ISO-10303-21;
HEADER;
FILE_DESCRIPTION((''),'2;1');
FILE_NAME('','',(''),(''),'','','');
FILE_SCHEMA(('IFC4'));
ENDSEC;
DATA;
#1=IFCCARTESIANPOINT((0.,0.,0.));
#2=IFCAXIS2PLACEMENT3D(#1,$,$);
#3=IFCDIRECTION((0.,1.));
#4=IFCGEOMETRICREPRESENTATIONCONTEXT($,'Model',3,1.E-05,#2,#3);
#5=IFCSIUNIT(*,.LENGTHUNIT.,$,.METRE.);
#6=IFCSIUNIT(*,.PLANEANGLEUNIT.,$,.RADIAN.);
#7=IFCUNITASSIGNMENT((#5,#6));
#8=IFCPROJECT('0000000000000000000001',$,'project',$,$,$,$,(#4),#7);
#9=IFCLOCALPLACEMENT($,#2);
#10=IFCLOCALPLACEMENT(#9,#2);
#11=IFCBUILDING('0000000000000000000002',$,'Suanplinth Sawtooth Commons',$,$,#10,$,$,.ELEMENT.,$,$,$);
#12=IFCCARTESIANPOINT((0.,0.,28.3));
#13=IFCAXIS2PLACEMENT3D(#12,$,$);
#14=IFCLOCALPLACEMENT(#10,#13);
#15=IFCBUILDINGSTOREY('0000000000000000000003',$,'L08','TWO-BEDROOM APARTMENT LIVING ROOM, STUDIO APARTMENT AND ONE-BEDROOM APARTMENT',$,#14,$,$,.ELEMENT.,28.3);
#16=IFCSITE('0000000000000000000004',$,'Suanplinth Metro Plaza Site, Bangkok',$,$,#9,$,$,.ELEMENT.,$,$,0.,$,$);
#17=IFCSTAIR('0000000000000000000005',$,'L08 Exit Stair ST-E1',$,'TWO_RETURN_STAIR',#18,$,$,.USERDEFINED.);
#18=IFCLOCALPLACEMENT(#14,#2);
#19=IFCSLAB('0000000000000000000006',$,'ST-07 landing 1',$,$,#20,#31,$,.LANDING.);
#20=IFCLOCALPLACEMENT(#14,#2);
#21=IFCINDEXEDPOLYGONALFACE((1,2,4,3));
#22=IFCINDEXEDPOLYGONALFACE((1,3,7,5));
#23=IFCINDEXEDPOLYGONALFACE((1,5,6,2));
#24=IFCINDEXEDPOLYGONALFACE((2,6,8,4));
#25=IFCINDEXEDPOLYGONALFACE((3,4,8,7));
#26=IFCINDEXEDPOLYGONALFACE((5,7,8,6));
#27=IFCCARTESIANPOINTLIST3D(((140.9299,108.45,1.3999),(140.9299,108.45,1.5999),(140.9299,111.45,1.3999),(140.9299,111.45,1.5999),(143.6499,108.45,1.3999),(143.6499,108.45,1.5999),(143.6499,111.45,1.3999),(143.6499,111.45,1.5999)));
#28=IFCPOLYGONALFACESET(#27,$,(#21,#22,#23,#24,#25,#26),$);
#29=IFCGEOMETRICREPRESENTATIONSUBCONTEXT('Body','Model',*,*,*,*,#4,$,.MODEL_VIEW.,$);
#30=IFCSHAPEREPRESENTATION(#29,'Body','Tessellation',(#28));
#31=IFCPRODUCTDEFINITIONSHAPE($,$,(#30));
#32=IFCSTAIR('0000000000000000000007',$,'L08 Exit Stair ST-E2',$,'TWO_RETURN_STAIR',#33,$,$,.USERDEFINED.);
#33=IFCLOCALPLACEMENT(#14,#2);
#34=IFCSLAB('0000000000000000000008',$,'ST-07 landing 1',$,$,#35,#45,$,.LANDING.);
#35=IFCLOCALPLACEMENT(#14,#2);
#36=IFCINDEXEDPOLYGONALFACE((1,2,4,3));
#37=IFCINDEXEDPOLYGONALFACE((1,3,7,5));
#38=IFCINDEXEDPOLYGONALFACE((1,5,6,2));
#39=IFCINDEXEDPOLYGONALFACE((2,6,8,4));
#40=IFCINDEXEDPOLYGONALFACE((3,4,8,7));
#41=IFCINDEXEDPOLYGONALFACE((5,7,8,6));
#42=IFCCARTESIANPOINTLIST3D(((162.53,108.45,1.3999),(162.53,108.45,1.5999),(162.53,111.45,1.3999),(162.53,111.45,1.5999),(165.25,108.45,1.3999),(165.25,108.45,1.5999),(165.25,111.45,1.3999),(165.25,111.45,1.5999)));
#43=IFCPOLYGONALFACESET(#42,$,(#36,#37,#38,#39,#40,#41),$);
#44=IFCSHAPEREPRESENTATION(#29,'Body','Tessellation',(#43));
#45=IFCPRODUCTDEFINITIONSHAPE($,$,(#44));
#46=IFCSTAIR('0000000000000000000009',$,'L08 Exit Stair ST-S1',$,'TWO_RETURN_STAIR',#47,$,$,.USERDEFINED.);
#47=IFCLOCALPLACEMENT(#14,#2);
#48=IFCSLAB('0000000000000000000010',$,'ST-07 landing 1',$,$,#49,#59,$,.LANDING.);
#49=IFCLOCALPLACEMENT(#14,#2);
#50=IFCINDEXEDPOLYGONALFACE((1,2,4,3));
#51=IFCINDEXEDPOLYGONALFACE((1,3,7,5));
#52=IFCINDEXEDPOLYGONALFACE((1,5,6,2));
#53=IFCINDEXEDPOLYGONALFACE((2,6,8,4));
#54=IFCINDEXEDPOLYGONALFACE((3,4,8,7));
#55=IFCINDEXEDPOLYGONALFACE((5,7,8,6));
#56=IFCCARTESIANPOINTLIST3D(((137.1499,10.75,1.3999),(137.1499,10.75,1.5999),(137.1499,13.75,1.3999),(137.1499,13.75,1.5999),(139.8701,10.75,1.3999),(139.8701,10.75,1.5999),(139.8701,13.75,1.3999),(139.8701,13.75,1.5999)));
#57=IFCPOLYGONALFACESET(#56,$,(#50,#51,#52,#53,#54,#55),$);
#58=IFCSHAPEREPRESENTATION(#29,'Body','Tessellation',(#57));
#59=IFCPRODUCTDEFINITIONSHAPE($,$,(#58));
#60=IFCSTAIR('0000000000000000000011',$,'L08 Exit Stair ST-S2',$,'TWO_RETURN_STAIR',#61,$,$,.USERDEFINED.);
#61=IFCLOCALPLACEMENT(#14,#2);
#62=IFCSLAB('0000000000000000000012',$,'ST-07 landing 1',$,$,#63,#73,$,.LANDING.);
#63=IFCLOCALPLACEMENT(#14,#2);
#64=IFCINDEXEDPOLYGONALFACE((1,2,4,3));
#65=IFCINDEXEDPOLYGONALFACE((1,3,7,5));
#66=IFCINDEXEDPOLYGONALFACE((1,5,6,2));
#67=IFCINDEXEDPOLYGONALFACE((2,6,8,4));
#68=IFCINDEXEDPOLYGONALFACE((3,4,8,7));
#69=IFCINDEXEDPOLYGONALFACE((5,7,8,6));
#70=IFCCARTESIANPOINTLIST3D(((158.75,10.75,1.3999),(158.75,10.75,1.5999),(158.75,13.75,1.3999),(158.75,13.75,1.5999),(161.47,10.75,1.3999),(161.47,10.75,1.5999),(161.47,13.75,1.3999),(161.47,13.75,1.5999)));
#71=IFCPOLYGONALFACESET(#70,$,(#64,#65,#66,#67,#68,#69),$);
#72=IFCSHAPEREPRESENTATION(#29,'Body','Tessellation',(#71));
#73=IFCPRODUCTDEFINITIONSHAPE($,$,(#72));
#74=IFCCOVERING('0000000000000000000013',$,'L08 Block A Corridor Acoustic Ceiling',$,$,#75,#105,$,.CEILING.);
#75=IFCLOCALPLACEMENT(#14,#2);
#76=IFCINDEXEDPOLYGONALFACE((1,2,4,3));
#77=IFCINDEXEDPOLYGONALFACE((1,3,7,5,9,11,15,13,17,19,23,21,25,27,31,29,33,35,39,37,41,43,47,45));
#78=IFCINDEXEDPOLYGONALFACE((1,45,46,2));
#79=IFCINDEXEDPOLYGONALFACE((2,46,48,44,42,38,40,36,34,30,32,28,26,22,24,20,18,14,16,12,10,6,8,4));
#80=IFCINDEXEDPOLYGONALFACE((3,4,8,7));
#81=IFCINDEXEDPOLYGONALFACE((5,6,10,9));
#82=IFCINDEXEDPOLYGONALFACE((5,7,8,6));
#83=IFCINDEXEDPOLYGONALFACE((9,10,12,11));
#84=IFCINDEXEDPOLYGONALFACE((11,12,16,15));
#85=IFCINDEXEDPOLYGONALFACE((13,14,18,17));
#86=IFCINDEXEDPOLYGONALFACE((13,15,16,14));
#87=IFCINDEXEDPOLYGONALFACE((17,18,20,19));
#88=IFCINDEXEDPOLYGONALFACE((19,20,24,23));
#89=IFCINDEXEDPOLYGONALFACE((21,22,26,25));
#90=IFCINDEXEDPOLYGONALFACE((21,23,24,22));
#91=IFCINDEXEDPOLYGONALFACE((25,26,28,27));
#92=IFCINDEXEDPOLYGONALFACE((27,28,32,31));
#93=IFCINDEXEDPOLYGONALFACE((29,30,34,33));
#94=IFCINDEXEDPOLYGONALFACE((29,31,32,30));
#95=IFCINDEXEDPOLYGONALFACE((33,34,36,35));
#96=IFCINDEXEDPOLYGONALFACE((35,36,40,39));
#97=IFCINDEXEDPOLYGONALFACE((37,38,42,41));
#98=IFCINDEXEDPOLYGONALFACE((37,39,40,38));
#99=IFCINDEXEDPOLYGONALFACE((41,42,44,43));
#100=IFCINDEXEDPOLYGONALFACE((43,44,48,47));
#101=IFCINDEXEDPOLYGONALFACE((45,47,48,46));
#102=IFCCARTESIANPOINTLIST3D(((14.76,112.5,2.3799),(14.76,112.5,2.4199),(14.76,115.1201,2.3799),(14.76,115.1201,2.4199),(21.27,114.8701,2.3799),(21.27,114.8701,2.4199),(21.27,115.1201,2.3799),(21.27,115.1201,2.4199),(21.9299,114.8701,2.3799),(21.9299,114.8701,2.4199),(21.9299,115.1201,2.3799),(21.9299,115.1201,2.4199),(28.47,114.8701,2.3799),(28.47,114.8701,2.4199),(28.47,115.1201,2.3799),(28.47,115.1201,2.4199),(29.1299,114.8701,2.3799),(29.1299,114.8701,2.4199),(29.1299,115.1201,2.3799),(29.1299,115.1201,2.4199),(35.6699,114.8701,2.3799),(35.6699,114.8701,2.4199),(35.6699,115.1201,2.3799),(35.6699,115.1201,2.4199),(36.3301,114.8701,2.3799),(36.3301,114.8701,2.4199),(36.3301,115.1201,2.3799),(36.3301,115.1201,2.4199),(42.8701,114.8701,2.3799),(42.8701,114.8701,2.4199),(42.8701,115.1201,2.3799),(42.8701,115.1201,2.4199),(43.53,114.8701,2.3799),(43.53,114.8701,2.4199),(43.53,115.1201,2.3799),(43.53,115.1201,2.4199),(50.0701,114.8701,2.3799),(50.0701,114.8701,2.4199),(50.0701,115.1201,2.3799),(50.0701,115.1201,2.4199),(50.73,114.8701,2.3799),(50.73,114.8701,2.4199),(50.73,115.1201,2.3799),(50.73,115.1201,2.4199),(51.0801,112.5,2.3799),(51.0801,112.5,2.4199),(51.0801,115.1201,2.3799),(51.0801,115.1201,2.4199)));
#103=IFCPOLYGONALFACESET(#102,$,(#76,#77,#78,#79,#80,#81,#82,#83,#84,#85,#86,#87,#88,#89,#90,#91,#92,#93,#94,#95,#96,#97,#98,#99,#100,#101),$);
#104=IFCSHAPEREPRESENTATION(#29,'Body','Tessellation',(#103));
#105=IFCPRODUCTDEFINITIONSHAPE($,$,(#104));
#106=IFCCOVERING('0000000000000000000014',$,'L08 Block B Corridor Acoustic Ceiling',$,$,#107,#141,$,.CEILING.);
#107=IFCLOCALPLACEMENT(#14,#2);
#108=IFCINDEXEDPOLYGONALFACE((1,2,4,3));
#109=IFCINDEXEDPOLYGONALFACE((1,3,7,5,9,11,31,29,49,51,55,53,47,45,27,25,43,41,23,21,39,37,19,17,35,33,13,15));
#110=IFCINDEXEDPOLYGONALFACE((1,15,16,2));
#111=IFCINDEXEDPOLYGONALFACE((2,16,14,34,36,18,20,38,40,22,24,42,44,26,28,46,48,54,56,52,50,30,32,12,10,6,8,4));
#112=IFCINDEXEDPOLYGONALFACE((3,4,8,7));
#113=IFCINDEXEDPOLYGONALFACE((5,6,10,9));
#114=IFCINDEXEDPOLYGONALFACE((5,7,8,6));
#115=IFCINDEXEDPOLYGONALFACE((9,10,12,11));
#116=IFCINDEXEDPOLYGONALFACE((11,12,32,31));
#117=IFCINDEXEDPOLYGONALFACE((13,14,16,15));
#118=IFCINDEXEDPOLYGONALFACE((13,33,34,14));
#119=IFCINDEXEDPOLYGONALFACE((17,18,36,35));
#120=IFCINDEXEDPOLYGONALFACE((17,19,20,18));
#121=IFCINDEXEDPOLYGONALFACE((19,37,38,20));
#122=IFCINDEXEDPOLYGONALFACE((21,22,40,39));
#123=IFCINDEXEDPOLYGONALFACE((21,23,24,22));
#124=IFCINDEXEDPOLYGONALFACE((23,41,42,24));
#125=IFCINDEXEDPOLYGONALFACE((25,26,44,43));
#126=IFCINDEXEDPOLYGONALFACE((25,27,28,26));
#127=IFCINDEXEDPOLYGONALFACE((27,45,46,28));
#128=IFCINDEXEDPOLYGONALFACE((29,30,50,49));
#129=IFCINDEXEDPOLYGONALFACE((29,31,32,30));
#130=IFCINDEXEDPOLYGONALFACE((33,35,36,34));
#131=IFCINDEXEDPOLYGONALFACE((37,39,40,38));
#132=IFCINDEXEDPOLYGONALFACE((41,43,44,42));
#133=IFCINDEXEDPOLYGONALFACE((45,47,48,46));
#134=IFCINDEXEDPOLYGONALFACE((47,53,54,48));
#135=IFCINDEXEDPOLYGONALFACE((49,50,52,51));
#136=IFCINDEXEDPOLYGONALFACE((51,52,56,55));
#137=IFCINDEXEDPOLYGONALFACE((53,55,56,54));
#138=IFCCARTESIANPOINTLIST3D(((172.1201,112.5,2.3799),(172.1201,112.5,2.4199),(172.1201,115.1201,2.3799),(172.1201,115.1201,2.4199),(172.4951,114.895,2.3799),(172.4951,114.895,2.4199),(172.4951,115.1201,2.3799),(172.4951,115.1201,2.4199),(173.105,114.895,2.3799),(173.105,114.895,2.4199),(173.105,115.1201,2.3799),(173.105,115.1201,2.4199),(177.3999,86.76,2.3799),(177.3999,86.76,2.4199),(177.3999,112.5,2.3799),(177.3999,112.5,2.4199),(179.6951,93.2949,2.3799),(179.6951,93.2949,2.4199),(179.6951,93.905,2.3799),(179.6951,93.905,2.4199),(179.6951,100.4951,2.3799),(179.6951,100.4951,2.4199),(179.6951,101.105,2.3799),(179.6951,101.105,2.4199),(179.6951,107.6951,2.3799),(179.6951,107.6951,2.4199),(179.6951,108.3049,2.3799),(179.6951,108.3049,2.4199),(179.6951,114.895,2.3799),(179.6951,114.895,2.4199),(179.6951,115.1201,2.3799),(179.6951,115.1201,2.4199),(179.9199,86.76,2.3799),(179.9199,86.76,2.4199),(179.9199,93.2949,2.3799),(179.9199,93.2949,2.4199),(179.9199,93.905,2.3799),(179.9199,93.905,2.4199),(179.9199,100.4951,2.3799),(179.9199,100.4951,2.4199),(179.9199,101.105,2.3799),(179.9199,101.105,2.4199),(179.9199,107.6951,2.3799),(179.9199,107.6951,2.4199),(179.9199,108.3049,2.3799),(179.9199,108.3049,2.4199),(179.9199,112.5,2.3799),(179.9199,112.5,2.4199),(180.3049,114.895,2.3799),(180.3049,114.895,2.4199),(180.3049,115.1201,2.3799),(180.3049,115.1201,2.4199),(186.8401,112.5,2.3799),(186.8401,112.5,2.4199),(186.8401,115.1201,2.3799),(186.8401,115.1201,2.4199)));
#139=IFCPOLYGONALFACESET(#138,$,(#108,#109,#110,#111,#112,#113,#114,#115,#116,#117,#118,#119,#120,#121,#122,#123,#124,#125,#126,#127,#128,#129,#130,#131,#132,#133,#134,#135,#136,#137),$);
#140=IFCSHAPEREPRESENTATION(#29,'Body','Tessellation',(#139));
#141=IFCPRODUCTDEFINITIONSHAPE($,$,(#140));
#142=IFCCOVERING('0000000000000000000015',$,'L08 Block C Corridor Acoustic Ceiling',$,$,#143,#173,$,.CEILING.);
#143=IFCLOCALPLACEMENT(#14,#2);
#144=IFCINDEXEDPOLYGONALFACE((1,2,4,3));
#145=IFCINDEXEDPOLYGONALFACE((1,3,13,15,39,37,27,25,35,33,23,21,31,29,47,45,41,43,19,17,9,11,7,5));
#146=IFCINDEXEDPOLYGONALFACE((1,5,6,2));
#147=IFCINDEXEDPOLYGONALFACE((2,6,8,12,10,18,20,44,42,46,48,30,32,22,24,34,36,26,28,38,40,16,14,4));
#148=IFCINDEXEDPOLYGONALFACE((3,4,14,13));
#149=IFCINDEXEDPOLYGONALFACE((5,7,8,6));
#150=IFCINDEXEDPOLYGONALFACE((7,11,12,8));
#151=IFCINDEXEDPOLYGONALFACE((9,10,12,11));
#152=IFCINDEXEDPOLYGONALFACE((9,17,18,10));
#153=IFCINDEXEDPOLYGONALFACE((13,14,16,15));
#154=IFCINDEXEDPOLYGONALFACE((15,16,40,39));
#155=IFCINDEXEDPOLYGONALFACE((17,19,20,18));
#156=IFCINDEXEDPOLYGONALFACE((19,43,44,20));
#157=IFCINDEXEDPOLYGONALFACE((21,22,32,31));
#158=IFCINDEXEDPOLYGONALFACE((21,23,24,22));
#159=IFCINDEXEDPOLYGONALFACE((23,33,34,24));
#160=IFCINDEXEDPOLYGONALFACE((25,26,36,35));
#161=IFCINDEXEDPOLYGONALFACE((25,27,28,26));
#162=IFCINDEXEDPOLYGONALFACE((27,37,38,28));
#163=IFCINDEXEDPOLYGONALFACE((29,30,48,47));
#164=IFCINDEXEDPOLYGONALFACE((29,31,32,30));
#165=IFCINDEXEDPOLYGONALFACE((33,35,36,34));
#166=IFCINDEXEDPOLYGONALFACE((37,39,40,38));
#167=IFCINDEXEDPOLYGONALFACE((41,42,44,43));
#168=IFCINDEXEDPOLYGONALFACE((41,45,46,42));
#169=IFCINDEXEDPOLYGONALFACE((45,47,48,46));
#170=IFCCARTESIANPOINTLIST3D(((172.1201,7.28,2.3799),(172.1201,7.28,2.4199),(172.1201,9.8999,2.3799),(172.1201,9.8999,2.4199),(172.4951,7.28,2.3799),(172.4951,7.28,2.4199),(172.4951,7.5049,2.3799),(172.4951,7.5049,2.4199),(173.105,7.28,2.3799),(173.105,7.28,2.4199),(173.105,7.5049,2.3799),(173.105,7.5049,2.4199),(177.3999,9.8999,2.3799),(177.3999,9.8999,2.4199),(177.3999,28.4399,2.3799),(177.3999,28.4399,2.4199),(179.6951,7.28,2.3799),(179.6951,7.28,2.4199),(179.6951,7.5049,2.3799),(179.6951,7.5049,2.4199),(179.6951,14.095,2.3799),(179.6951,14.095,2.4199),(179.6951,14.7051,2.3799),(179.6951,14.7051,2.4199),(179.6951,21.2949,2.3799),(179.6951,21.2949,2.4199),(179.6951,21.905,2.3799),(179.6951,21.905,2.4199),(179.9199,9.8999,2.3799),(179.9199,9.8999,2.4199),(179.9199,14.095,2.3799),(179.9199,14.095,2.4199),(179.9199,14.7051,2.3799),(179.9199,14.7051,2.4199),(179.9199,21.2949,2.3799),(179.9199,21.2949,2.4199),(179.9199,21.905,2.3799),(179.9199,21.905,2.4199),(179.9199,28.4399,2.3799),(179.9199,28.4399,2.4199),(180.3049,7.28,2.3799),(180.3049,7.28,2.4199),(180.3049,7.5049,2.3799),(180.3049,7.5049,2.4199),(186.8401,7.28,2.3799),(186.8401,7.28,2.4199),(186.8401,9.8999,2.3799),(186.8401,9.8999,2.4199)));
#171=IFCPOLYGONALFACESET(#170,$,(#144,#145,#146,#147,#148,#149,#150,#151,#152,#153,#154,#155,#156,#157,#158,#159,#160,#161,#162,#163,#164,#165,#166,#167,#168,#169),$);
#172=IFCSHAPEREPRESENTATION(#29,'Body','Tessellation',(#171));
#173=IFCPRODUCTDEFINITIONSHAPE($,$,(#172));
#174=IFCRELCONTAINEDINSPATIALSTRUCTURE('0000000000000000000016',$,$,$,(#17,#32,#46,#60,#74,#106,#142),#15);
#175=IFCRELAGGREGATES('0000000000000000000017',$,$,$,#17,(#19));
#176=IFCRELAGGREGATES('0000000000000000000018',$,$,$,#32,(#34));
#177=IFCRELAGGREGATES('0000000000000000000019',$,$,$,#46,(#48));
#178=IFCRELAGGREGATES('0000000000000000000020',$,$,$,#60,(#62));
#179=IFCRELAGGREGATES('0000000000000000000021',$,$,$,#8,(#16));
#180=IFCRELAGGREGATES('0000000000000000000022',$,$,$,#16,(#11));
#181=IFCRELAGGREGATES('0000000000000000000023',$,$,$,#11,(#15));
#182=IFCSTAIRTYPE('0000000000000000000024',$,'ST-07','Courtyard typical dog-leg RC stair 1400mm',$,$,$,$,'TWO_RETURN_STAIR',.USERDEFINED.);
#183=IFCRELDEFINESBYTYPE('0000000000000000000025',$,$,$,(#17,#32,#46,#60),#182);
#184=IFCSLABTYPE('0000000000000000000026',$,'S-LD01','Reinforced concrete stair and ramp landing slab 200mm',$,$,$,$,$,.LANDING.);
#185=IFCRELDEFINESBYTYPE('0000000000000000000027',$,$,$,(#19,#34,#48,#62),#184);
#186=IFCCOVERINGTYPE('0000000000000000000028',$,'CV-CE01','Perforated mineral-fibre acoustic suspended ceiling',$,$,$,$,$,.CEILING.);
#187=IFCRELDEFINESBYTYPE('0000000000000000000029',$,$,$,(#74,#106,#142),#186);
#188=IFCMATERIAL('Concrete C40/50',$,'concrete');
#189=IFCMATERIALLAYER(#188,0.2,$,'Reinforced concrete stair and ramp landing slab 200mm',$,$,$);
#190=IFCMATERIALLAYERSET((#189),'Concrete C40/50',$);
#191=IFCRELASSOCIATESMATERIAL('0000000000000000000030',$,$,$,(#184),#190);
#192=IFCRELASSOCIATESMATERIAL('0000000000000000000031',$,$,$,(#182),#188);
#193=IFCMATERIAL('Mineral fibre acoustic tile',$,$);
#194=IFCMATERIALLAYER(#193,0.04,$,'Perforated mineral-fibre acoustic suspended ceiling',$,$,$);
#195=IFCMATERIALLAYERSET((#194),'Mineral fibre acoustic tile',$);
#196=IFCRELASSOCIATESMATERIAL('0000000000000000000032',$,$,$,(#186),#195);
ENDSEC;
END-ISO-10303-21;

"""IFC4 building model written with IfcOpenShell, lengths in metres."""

from ifc_helpers import new_model, si_unit, direction, frame, origin, place, context, subcontext, project, spatial, polyline, outline, extrude, material, layer, layer_set, type_object, element, aggregate, save


model = new_model("IFC4")

# Units and contexts
model_context = context("Model", 3, precision=1e-05, world=origin(), true_north=direction((0.0, 1.0)))
body_context = subcontext(model_context, "Body", "Model", "MODEL_VIEW")
ifc_project = project(units=[si_unit("LENGTHUNIT", "METRE"), si_unit("PLANEANGLEUNIT", "RADIAN")], contexts=[model_context])

# Site, building, storey
site_placement = place(None, origin())
site = spatial("IfcSite", under=ifc_project, at=site_placement, Name="Suanplinth Metro Plaza Site, Bangkok", CompositionType="ELEMENT", RefElevation=0.0)
building_placement = place(site_placement, origin())
building = spatial("IfcBuilding", under=site, at=building_placement, Name="Suanplinth Sawtooth Commons", CompositionType="ELEMENT")
storey_placement = place(building_placement, frame((0.0, 0.0, 28.3)))
storey = spatial("IfcBuildingStorey", under=building, at=storey_placement, Name="L08", Description="TWO-BEDROOM APARTMENT LIVING ROOM, STUDIO APARTMENT AND ONE-BEDROOM APARTMENT", CompositionType="ELEMENT", Elevation=28.3)

# Stairs, slabs
ifc_material_1 = material(Name="Concrete C40/50", Category="concrete")
ifc_layer_1 = layer(ifc_material_1, 0.2, Name="Reinforced concrete stair and ramp landing slab 200mm")
ifc_layer_set_1 = layer_set([ifc_layer_1], Name="Concrete C40/50")
slab_type_1 = type_object("IfcSlabType", Name="S-LD01", Description="Reinforced concrete stair and ramp landing slab 200mm", PredefinedType="LANDING", material=ifc_layer_set_1)
stair_type_1 = type_object("IfcStairType", Name="ST-07", Description="Courtyard typical dog-leg RC stair 1400mm", ElementType="TWO_RETURN_STAIR", PredefinedType="USERDEFINED", material=ifc_material_1)
stair_1_placement = place(storey_placement, origin())
stair_1 = element("IfcStair", 1, at=stair_1_placement, inside=storey, type_object=stair_type_1, Name="L08 Exit Stair ST-E1", ObjectType="TWO_RETURN_STAIR", PredefinedType="USERDEFINED")
slab_1_placement = place(storey_placement, frame((0.0, 0.0, 1.3999)))
slab_1 = element("IfcSlab", 2, at=slab_1_placement, type_object=slab_type_1, Name="ST-07 landing 1", PredefinedType="LANDING", context=body_context, shape_type="SweptSolid", body=[
    extrude(outline(polyline([(140.9299, 108.45), (143.6499, 108.45), (143.6499, 111.45), (140.9299, 111.45), (140.9299, 108.45)])), origin(), (0.0, 0.0, 1.0), 0.2),
])
aggregate(stair_1, [slab_1])
stair_2_placement = place(storey_placement, origin())
stair_2 = element("IfcStair", 3, at=stair_2_placement, inside=storey, type_object=stair_type_1, Name="L08 Exit Stair ST-E2", ObjectType="TWO_RETURN_STAIR", PredefinedType="USERDEFINED")
slab_2_placement = place(storey_placement, frame((0.0, 0.0, 1.3999)))
slab_2 = element("IfcSlab", 4, at=slab_2_placement, type_object=slab_type_1, Name="ST-07 landing 1", PredefinedType="LANDING", context=body_context, shape_type="SweptSolid", body=[
    extrude(outline(polyline([(162.53, 108.45), (165.25, 108.45), (165.25, 111.45), (162.53, 111.45), (162.53, 108.45)])), origin(), (0.0, 0.0, 1.0), 0.2),
])
aggregate(stair_2, [slab_2])
stair_3_placement = place(storey_placement, origin())
stair_3 = element("IfcStair", 5, at=stair_3_placement, inside=storey, type_object=stair_type_1, Name="L08 Exit Stair ST-S1", ObjectType="TWO_RETURN_STAIR", PredefinedType="USERDEFINED")
slab_3_placement = place(storey_placement, frame((0.0, 0.0, 1.3999)))
slab_3 = element("IfcSlab", 6, at=slab_3_placement, type_object=slab_type_1, Name="ST-07 landing 1", PredefinedType="LANDING", context=body_context, shape_type="SweptSolid", body=[
    extrude(outline(polyline([(139.8701, 13.75), (137.1499, 13.75), (137.1499, 10.75), (139.8701, 10.75), (139.8701, 13.75)])), origin(), (0.0, 0.0, 1.0), 0.2),
])
aggregate(stair_3, [slab_3])
stair_4_placement = place(storey_placement, origin())
stair_4 = element("IfcStair", 7, at=stair_4_placement, inside=storey, type_object=stair_type_1, Name="L08 Exit Stair ST-S2", ObjectType="TWO_RETURN_STAIR", PredefinedType="USERDEFINED")
slab_4_placement = place(storey_placement, frame((0.0, 0.0, 1.3999)))
slab_4 = element("IfcSlab", 8, at=slab_4_placement, type_object=slab_type_1, Name="ST-07 landing 1", PredefinedType="LANDING", context=body_context, shape_type="SweptSolid", body=[
    extrude(outline(polyline([(161.47, 13.75), (158.75, 13.75), (158.75, 10.75), (161.47, 10.75), (161.47, 13.75)])), origin(), (0.0, 0.0, 1.0), 0.2),
])
aggregate(stair_4, [slab_4])

# Coverings
ifc_material_2 = material(Name="Mineral fibre acoustic tile")
ifc_layer_2 = layer(ifc_material_2, 0.04, Name="Perforated mineral-fibre acoustic suspended ceiling")
ifc_layer_set_2 = layer_set([ifc_layer_2], Name="Mineral fibre acoustic tile")
covering_type = type_object("IfcCoveringType", Name="CV-CE01", Description="Perforated mineral-fibre acoustic suspended ceiling", PredefinedType="CEILING", material=ifc_layer_set_2)
covering_1_placement = place(storey_placement, frame((0.0, 0.0, 2.3799)))
element("IfcCovering", 9, at=covering_1_placement, inside=storey, type_object=covering_type, Name="L08 Block A Corridor Acoustic Ceiling", PredefinedType="CEILING", context=body_context, shape_type="SweptSolid", body=[
    extrude(outline(polyline([(14.76, 112.5), (14.76, 115.1201), (21.27, 115.1201), (21.27, 114.8701), (21.9299, 114.8701), (21.9299, 115.1201), (28.47, 115.1201), (28.47, 114.8701), (29.1299, 114.8701), (29.1299, 115.1201), (35.6699, 115.1201), (35.6699, 114.8701), (36.3301, 114.8701), (36.3301, 115.1201), (42.8701, 115.1201), (42.8701, 114.8701), (43.53, 114.8701), (43.53, 115.1201), (50.0701, 115.1201), (50.0701, 114.8701), (50.73, 114.8701), (50.73, 115.1201), (51.0801, 115.1201), (51.0801, 112.5), (14.76, 112.5)])), origin(), (0.0, 0.0, 1.0), 0.04),
])
covering_2_placement = place(storey_placement, frame((0.0, 0.0, 2.3799)))
element("IfcCovering", 10, at=covering_2_placement, inside=storey, type_object=covering_type, Name="L08 Block B Corridor Acoustic Ceiling", PredefinedType="CEILING", context=body_context, shape_type="SweptSolid", body=[
    extrude(outline(polyline([(172.4951, 115.1201), (172.4951, 114.895), (173.105, 114.895), (173.105, 115.1201), (179.6951, 115.1201), (179.6951, 114.895), (180.3049, 114.895), (180.3049, 115.1201), (186.8401, 115.1201), (186.8401, 112.5), (179.9199, 112.5), (179.9199, 108.3049), (179.6951, 108.3049), (179.6951, 107.6951), (179.9199, 107.6951), (179.9199, 101.105), (179.6951, 101.105), (179.6951, 100.4951), (179.9199, 100.4951), (179.9199, 93.905), (179.6951, 93.905), (179.6951, 93.2949), (179.9199, 93.2949), (179.9199, 86.76), (177.3999, 86.76), (177.3999, 112.5), (172.1201, 112.5), (172.1201, 115.1201), (172.4951, 115.1201)])), origin(), (0.0, 0.0, 1.0), 0.04),
])
covering_3_placement = place(storey_placement, frame((0.0, 0.0, 2.3799)))
element("IfcCovering", 11, at=covering_3_placement, inside=storey, type_object=covering_type, Name="L08 Block C Corridor Acoustic Ceiling", PredefinedType="CEILING", context=body_context, shape_type="SweptSolid", body=[
    extrude(outline(polyline([(172.1201, 9.8999), (177.3999, 9.8999), (177.3999, 28.4399), (179.9199, 28.4399), (179.9199, 21.905), (179.6951, 21.905), (179.6951, 21.2949), (179.9199, 21.2949), (179.9199, 14.7051), (179.6951, 14.7051), (179.6951, 14.095), (179.9199, 14.095), (179.9199, 9.8999), (186.8401, 9.8999), (186.8401, 7.28), (180.3049, 7.28), (180.3049, 7.5049), (179.6951, 7.5049), (179.6951, 7.28), (173.105, 7.28), (173.105, 7.5049), (172.4951, 7.5049), (172.4951, 7.28), (172.1201, 7.28), (172.1201, 9.8999)])), origin(), (0.0, 0.0, 1.0), 0.04),
])

save(model, "model.ifc")
